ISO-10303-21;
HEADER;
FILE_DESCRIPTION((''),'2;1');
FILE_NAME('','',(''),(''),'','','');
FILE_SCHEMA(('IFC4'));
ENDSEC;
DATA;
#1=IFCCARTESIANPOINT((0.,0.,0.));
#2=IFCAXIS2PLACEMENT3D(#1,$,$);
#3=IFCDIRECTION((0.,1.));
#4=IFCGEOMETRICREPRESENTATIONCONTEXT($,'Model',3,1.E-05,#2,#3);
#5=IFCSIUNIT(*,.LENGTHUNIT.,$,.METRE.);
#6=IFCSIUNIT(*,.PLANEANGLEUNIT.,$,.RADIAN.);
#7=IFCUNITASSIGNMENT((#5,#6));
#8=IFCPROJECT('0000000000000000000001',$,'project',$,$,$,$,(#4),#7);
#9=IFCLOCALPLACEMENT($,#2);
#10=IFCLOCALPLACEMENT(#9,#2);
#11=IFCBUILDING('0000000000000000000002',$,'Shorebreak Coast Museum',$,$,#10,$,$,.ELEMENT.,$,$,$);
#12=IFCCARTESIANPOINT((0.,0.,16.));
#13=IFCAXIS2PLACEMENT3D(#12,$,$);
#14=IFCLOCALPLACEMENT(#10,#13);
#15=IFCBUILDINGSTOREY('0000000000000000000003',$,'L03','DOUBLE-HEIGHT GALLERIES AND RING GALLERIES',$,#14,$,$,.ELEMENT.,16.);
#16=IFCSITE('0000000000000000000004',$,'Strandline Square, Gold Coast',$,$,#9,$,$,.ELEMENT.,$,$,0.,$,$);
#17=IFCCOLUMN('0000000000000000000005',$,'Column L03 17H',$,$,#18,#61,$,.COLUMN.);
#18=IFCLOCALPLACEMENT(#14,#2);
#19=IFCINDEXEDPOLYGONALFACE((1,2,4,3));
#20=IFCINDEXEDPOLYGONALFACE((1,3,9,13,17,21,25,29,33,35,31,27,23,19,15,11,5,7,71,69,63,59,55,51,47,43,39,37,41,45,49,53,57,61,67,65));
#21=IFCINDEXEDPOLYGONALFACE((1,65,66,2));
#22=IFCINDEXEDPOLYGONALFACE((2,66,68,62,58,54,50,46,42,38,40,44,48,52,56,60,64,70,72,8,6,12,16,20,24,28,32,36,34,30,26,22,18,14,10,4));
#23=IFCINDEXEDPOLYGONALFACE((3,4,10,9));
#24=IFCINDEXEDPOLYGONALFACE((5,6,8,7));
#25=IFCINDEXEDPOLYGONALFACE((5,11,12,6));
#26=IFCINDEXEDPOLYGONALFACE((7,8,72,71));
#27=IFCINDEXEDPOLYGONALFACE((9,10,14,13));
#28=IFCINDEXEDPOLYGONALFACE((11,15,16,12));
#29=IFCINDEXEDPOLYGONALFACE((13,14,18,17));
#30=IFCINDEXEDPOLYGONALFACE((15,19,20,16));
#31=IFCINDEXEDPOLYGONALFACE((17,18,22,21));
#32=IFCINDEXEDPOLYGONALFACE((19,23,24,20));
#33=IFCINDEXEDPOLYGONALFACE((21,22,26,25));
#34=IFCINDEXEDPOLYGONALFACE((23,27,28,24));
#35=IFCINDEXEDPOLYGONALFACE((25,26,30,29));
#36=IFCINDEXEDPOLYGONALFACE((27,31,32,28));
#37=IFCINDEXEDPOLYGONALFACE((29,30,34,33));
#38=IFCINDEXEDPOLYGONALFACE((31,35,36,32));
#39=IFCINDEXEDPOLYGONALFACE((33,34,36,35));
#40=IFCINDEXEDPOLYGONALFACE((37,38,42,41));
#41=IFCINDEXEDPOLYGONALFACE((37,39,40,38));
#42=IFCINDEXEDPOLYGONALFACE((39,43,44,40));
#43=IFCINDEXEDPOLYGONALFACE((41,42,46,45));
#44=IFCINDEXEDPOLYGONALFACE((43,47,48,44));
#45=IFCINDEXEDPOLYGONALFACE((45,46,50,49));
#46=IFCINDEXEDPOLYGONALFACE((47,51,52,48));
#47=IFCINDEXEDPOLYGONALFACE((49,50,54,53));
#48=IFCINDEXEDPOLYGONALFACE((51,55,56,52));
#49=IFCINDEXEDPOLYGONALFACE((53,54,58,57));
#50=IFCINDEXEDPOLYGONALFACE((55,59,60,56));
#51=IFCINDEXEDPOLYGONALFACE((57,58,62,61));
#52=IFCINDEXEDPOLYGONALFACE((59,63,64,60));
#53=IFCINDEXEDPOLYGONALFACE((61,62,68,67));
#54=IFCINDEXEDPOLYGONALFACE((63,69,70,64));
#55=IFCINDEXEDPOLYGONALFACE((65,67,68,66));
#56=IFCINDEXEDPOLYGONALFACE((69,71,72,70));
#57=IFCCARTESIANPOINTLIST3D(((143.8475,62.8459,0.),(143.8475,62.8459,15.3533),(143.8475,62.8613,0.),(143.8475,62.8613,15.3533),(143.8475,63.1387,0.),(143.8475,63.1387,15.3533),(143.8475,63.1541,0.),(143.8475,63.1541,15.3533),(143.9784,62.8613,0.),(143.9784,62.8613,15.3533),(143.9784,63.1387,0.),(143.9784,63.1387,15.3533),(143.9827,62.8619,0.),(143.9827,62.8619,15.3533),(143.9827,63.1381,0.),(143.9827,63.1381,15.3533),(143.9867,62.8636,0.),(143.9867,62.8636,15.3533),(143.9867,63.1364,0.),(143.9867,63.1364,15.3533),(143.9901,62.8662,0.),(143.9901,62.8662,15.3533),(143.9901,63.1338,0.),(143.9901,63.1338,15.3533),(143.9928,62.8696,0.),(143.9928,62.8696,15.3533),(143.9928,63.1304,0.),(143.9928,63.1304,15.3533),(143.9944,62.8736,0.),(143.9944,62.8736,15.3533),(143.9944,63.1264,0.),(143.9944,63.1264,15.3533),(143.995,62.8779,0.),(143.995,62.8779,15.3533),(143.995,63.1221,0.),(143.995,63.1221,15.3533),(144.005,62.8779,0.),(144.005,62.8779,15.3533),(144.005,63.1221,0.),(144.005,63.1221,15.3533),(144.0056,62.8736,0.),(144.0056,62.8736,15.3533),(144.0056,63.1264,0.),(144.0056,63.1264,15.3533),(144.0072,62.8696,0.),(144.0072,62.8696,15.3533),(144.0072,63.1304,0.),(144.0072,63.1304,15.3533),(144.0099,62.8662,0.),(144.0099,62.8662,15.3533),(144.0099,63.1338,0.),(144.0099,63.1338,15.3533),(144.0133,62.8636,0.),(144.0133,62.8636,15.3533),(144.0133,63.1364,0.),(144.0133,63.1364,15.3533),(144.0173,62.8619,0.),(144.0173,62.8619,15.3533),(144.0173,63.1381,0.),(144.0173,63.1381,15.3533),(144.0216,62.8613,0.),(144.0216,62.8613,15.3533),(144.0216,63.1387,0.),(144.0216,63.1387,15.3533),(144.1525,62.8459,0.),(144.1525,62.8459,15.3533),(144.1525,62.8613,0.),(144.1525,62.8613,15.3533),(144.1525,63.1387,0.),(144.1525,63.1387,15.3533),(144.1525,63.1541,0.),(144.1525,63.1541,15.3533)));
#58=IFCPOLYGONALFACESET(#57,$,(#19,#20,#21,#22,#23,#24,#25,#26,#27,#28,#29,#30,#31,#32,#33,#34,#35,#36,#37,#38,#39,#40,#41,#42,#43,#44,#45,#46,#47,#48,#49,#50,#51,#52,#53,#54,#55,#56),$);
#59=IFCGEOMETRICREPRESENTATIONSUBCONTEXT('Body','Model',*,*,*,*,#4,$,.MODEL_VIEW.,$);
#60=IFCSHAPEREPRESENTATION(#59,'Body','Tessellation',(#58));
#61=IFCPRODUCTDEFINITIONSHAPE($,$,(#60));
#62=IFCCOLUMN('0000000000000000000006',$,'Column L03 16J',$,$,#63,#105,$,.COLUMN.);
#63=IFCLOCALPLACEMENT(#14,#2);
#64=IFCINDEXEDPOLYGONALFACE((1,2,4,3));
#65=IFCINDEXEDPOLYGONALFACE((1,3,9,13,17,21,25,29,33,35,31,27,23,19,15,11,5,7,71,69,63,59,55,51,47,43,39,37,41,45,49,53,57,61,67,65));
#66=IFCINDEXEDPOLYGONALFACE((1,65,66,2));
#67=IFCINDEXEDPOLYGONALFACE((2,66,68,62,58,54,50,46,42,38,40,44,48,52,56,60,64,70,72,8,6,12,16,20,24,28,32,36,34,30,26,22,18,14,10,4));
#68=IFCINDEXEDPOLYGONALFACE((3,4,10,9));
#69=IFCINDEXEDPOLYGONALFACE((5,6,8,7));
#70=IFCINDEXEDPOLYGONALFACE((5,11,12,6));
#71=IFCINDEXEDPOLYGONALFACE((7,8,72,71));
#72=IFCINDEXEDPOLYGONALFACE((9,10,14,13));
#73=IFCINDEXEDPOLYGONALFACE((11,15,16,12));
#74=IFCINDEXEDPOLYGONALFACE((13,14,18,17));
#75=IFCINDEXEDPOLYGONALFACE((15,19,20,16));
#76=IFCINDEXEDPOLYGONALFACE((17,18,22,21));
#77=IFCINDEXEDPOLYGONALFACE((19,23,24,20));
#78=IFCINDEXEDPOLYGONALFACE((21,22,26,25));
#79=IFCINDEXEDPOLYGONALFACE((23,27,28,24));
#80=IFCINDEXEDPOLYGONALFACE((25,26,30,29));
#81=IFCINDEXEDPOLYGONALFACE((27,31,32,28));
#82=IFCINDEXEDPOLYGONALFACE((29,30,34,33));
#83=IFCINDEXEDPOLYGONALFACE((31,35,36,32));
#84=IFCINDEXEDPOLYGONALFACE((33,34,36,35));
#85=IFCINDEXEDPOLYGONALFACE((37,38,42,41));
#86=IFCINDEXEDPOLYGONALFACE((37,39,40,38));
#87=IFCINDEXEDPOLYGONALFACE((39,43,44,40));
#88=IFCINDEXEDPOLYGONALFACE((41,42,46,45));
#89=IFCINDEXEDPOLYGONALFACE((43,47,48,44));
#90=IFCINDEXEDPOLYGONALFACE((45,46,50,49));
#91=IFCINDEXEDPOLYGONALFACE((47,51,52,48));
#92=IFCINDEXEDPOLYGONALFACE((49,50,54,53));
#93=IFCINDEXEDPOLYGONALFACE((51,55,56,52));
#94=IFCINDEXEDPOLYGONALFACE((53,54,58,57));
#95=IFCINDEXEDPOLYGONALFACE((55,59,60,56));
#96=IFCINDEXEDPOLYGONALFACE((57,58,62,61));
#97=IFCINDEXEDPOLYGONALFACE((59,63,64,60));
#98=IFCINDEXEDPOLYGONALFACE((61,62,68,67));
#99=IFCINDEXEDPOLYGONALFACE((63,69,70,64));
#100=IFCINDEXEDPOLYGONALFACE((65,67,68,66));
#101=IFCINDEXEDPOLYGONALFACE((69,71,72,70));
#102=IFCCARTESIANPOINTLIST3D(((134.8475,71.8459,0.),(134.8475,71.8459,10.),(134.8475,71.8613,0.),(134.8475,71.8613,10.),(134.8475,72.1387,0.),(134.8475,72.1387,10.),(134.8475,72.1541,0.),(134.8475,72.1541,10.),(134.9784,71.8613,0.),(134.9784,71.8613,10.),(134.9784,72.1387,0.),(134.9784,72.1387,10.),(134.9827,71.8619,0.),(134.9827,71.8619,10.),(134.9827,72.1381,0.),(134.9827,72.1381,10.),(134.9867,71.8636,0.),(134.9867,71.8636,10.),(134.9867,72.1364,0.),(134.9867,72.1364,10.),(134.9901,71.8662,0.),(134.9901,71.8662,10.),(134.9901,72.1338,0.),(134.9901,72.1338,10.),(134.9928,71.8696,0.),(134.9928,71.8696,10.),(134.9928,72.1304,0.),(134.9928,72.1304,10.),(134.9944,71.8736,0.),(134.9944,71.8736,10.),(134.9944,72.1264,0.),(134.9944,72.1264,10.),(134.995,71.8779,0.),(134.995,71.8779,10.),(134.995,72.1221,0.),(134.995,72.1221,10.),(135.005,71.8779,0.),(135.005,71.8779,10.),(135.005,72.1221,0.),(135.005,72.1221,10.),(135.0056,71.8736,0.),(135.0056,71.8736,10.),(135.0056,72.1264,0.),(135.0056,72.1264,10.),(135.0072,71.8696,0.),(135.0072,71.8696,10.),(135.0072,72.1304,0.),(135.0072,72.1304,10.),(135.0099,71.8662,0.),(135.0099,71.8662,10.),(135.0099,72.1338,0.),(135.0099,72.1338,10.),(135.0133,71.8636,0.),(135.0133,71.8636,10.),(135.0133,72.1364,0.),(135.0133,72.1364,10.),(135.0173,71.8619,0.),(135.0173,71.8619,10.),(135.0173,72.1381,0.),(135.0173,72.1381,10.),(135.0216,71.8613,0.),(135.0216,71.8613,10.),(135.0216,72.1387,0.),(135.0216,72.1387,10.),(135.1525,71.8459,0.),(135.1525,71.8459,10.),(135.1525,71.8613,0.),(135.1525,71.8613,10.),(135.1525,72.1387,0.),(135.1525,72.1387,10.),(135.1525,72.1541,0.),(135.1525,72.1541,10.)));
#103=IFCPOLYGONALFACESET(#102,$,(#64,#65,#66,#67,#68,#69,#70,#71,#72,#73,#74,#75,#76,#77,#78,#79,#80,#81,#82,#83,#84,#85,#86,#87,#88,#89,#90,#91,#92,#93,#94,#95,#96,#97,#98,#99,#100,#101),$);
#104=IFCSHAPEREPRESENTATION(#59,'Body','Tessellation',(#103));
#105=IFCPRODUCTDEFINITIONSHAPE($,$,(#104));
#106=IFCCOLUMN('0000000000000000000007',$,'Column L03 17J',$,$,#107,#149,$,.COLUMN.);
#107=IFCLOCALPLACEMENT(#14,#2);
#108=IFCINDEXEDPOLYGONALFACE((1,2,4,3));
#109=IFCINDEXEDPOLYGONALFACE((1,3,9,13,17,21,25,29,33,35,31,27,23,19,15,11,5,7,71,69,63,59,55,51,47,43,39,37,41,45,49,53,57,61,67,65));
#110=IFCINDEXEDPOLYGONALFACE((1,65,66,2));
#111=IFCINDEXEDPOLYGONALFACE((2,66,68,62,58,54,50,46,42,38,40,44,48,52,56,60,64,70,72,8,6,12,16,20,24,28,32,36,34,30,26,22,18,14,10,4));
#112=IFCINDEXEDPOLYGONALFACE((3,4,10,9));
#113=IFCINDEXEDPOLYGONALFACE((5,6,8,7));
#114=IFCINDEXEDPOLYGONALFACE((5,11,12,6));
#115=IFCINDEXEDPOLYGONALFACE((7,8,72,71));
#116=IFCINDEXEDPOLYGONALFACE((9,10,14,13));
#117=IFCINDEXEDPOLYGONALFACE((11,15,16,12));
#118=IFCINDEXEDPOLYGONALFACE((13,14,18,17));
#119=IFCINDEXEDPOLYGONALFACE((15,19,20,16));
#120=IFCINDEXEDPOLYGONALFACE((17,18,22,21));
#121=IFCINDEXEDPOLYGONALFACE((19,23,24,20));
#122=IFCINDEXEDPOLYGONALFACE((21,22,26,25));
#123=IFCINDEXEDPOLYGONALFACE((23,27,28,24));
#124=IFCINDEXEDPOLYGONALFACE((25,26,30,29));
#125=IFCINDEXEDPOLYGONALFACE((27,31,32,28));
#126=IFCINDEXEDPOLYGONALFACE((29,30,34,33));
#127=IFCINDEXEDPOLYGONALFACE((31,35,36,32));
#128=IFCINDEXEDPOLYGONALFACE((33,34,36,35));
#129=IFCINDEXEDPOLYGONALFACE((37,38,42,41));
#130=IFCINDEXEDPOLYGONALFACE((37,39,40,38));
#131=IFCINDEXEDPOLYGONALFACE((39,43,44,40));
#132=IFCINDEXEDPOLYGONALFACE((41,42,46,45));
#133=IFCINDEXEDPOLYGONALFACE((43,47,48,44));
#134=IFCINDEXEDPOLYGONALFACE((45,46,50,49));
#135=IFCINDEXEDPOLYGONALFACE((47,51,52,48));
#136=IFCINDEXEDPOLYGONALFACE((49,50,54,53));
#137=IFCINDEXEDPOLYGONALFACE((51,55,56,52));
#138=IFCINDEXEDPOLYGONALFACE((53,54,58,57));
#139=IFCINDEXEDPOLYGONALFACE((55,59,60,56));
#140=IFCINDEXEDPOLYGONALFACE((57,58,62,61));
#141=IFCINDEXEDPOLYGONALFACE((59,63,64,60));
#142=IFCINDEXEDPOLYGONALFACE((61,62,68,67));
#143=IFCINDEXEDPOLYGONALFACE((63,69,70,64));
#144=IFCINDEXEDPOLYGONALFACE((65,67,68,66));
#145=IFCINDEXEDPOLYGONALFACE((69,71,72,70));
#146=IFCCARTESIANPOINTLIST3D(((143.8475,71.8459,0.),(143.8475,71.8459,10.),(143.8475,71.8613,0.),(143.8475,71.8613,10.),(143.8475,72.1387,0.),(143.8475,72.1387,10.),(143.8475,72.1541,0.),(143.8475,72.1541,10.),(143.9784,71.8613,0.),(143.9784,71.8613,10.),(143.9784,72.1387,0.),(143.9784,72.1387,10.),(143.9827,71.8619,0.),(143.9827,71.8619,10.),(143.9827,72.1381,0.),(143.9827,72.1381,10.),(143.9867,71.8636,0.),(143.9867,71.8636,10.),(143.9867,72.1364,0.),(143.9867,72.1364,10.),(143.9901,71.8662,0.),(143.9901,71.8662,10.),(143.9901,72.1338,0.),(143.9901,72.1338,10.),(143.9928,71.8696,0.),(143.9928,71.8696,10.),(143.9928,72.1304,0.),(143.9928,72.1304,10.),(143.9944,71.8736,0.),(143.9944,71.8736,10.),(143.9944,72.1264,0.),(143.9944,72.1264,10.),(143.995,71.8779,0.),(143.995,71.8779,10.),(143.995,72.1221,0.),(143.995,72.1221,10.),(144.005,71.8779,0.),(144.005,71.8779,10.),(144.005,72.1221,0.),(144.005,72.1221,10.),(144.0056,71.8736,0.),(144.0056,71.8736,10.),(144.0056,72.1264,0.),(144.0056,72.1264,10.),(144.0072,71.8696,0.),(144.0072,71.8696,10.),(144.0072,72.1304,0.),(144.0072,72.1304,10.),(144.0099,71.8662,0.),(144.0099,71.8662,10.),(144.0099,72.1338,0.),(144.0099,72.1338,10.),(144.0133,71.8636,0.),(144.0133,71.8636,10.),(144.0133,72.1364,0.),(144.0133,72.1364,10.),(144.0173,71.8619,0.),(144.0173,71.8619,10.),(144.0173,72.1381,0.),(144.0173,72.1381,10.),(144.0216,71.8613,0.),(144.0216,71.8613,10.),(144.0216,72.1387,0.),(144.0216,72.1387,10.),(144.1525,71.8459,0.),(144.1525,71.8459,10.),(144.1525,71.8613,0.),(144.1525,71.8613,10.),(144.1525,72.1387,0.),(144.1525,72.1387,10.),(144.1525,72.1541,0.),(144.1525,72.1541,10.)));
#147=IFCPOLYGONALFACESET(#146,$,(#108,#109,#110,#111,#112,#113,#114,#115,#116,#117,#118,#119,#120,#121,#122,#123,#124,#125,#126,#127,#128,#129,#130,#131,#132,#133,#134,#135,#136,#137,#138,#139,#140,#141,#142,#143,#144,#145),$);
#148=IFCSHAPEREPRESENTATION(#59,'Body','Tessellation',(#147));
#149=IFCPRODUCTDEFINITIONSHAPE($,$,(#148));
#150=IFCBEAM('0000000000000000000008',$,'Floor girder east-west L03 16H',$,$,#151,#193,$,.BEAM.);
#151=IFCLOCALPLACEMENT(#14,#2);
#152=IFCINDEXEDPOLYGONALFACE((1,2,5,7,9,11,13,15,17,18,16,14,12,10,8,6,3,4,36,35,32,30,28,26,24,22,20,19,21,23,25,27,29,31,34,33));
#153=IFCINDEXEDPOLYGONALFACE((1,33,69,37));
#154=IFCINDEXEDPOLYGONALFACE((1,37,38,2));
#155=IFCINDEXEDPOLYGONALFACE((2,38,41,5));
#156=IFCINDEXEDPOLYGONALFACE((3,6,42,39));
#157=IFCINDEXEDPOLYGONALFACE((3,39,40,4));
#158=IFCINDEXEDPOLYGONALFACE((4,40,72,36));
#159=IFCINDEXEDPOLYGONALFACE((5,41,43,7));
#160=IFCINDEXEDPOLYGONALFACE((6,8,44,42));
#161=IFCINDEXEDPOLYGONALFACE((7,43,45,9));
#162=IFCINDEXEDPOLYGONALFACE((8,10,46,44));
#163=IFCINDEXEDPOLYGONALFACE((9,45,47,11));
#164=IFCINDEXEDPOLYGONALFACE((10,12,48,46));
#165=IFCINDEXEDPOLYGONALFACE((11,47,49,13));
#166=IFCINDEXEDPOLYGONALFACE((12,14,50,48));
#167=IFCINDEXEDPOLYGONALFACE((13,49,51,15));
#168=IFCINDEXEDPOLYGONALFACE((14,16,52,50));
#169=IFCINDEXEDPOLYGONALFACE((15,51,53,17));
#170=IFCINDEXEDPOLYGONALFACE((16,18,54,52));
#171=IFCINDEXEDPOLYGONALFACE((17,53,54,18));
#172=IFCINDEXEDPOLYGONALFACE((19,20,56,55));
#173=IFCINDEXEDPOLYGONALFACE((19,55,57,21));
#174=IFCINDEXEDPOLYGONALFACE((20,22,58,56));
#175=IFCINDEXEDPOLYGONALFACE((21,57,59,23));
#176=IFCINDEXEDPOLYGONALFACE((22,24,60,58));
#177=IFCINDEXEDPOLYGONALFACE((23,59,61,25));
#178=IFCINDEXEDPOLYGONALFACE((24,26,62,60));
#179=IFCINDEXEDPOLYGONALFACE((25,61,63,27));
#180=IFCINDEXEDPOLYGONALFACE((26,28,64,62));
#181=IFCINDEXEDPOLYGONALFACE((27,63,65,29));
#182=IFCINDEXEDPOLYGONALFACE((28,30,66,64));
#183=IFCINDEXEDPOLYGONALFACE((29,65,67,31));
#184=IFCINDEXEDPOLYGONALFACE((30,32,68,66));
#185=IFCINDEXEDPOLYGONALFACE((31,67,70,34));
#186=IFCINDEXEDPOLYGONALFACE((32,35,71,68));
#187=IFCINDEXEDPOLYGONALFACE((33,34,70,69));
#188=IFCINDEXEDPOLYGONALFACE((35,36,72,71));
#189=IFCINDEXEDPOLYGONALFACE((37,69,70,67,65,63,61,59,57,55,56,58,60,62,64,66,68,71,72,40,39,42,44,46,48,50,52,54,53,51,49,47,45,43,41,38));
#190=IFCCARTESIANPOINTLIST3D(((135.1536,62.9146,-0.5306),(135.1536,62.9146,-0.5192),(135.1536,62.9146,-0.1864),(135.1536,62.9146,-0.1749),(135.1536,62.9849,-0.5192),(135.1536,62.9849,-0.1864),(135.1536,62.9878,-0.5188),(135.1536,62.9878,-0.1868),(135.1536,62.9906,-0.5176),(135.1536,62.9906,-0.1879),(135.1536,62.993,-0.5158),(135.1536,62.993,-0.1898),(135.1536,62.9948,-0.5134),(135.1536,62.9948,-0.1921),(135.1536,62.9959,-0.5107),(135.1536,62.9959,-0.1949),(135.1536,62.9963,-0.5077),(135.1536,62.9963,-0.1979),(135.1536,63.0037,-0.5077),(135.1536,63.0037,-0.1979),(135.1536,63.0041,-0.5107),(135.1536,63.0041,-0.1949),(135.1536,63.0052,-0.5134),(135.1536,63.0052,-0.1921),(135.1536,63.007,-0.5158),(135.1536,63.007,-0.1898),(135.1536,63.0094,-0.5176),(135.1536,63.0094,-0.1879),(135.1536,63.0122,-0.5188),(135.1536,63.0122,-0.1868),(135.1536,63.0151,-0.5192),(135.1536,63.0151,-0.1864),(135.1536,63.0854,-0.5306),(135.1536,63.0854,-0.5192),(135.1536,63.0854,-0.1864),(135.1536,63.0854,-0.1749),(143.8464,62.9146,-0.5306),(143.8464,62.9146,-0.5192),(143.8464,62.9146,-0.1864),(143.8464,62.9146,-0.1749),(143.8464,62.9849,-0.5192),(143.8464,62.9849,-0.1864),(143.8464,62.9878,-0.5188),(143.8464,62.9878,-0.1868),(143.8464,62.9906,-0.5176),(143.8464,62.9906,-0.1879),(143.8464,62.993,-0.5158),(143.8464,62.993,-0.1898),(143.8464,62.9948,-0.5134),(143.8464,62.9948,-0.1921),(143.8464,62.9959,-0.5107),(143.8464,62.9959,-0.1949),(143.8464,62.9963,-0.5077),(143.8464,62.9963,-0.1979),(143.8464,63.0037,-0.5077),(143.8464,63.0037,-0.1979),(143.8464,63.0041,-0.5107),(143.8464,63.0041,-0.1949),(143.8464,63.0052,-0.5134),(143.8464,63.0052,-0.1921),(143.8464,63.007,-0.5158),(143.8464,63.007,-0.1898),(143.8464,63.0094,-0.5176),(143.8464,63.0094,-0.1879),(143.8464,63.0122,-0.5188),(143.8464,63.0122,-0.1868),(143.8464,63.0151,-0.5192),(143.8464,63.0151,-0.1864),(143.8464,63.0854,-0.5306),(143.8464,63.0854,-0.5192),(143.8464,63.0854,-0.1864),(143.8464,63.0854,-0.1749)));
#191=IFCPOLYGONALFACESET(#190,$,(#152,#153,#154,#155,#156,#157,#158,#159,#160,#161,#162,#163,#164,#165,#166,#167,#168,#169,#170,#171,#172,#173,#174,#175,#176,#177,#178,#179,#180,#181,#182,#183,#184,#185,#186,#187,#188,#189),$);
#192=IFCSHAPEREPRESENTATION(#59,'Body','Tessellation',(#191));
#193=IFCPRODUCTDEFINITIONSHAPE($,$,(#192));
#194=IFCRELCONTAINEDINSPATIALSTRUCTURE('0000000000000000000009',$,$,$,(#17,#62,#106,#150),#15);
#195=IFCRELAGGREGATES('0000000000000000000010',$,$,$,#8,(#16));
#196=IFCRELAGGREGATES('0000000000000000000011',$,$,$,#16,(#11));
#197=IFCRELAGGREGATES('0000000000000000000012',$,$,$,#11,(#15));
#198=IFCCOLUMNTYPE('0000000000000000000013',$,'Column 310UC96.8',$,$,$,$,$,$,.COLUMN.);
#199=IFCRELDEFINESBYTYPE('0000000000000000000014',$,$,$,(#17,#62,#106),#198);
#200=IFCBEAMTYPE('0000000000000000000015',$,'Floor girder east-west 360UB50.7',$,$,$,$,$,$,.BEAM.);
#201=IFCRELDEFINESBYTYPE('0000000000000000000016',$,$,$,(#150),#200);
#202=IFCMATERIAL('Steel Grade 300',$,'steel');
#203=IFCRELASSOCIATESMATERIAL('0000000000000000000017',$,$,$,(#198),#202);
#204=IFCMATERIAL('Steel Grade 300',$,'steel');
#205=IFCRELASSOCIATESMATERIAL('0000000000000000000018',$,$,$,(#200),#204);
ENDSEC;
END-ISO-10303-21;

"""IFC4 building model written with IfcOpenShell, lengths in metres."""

from ifc_helpers import new_model, si_unit, direction, frame, origin, origin_2d, place, context, subcontext, project, spatial, i_section, extrude, material, material_profile, profile_set, type_object, element, save


model = new_model("IFC4")

# Units and contexts
model_context = context("Model", 3, precision=1e-05, world=origin(), true_north=direction((0.0, 1.0)))
body_context = subcontext(model_context, "Body", "Model", "MODEL_VIEW")
ifc_project = project(units=[si_unit("LENGTHUNIT", "METRE"), si_unit("PLANEANGLEUNIT", "RADIAN")], contexts=[model_context])

# Site, building, storey
site_placement = place(None, origin())
site = spatial("IfcSite", under=ifc_project, at=site_placement, Name="Strandline Square, Gold Coast", CompositionType="ELEMENT", RefElevation=0.0)
building_placement = place(site_placement, origin())
building = spatial("IfcBuilding", under=site, at=building_placement, Name="Shorebreak Coast Museum", CompositionType="ELEMENT")
storey_placement = place(building_placement, frame((0.0, 0.0, 16.0)))
storey = spatial("IfcBuildingStorey", under=building, at=storey_placement, Name="L03", Description="DOUBLE-HEIGHT GALLERIES AND RING GALLERIES", CompositionType="ELEMENT", Elevation=16.0)

# Columns
ifc_material_1 = material(Name="Steel Grade 300", Category="steel")
ifc_material_profile_1 = material_profile(ifc_material_1, i_section(OverallWidth=0.3049, OverallDepth=0.3081, WebThickness=0.01, FlangeThickness=0.0154, FilletRadius=0.0166, at=origin_2d()), Name="310UC96.8")
ifc_profile_set_1 = profile_set([ifc_material_profile_1], Name="Steel Grade 300")
column_type = type_object("IfcColumnType", Name="Column 310UC96.8", PredefinedType="COLUMN", material=ifc_profile_set_1)
column_placement = place(storey_placement, frame((144.0, 63.0, 0.0), z_axis=(0.0, 0.0, 1.0), x_axis=(1.0, 0.0, 0.0)))
element("IfcColumn", 1, at=column_placement, inside=storey, type_object=column_type, Name="Column L03 17H", PredefinedType="COLUMN", context=body_context, shape_type="SweptSolid", body=[
    extrude(i_section(OverallWidth=0.3049, OverallDepth=0.3081, WebThickness=0.01, FlangeThickness=0.0154, FilletRadius=0.0166, at=origin_2d()), origin(), (0.0, 0.0, 1.0), 15.3533),
])
for number, where, z_axis, x_axis, name in (
    (2, (135.0, 72.0, 0.0), (0.0, 0.0, 1.0), (1.0, 0.0, 0.0), "Column L03 16J"),
    (3, (144.0, 72.0, 0.0), (0.0, 0.0, 1.0), (1.0, 0.0, 0.0), "Column L03 17J"),
):
    element("IfcColumn", number, at=place(storey_placement, frame(where, z_axis=z_axis, x_axis=x_axis)), inside=storey, type_object=column_type, Name=name, PredefinedType="COLUMN", context=body_context, shape_type="SweptSolid", body=[
        extrude(i_section(OverallWidth=0.3049, OverallDepth=0.3081, WebThickness=0.01, FlangeThickness=0.0154, FilletRadius=0.0166, at=origin_2d()), origin(), (0.0, 0.0, 1.0), 10.0),
    ])

# Beam
ifc_material_2 = material(Name="Steel Grade 300", Category="steel")
ifc_material_profile_2 = material_profile(ifc_material_2, i_section(OverallWidth=0.1709, OverallDepth=0.3557, WebThickness=0.0073, FlangeThickness=0.0115, FilletRadius=0.0115, at=origin_2d()), Name="360UB50.7")
ifc_profile_set_2 = profile_set([ifc_material_profile_2], Name="Steel Grade 300")
beam_type_1 = type_object("IfcBeamType", Name="Floor girder east-west 360UB50.7", PredefinedType="BEAM", material=ifc_profile_set_2)
for number, where, z_axis, x_axis, name in (
    (4, (135.1536, 63.0, -0.3528), (1.0, 0.0, 0.0), (0.0, 1.0, 0.0), "Floor girder east-west L03 16H"),
):
    element("IfcBeam", number, at=place(storey_placement, frame(where, z_axis=z_axis, x_axis=x_axis)), inside=storey, type_object=beam_type_1, Name=name, PredefinedType="BEAM", context=body_context, shape_type="SweptSolid", body=[
        extrude(i_section(OverallWidth=0.1709, OverallDepth=0.3557, WebThickness=0.0073, FlangeThickness=0.0115, FilletRadius=0.0115, at=origin_2d()), origin(), (0.0, 0.0, 1.0), 8.6929),
    ])

save(model, "model.ifc")
